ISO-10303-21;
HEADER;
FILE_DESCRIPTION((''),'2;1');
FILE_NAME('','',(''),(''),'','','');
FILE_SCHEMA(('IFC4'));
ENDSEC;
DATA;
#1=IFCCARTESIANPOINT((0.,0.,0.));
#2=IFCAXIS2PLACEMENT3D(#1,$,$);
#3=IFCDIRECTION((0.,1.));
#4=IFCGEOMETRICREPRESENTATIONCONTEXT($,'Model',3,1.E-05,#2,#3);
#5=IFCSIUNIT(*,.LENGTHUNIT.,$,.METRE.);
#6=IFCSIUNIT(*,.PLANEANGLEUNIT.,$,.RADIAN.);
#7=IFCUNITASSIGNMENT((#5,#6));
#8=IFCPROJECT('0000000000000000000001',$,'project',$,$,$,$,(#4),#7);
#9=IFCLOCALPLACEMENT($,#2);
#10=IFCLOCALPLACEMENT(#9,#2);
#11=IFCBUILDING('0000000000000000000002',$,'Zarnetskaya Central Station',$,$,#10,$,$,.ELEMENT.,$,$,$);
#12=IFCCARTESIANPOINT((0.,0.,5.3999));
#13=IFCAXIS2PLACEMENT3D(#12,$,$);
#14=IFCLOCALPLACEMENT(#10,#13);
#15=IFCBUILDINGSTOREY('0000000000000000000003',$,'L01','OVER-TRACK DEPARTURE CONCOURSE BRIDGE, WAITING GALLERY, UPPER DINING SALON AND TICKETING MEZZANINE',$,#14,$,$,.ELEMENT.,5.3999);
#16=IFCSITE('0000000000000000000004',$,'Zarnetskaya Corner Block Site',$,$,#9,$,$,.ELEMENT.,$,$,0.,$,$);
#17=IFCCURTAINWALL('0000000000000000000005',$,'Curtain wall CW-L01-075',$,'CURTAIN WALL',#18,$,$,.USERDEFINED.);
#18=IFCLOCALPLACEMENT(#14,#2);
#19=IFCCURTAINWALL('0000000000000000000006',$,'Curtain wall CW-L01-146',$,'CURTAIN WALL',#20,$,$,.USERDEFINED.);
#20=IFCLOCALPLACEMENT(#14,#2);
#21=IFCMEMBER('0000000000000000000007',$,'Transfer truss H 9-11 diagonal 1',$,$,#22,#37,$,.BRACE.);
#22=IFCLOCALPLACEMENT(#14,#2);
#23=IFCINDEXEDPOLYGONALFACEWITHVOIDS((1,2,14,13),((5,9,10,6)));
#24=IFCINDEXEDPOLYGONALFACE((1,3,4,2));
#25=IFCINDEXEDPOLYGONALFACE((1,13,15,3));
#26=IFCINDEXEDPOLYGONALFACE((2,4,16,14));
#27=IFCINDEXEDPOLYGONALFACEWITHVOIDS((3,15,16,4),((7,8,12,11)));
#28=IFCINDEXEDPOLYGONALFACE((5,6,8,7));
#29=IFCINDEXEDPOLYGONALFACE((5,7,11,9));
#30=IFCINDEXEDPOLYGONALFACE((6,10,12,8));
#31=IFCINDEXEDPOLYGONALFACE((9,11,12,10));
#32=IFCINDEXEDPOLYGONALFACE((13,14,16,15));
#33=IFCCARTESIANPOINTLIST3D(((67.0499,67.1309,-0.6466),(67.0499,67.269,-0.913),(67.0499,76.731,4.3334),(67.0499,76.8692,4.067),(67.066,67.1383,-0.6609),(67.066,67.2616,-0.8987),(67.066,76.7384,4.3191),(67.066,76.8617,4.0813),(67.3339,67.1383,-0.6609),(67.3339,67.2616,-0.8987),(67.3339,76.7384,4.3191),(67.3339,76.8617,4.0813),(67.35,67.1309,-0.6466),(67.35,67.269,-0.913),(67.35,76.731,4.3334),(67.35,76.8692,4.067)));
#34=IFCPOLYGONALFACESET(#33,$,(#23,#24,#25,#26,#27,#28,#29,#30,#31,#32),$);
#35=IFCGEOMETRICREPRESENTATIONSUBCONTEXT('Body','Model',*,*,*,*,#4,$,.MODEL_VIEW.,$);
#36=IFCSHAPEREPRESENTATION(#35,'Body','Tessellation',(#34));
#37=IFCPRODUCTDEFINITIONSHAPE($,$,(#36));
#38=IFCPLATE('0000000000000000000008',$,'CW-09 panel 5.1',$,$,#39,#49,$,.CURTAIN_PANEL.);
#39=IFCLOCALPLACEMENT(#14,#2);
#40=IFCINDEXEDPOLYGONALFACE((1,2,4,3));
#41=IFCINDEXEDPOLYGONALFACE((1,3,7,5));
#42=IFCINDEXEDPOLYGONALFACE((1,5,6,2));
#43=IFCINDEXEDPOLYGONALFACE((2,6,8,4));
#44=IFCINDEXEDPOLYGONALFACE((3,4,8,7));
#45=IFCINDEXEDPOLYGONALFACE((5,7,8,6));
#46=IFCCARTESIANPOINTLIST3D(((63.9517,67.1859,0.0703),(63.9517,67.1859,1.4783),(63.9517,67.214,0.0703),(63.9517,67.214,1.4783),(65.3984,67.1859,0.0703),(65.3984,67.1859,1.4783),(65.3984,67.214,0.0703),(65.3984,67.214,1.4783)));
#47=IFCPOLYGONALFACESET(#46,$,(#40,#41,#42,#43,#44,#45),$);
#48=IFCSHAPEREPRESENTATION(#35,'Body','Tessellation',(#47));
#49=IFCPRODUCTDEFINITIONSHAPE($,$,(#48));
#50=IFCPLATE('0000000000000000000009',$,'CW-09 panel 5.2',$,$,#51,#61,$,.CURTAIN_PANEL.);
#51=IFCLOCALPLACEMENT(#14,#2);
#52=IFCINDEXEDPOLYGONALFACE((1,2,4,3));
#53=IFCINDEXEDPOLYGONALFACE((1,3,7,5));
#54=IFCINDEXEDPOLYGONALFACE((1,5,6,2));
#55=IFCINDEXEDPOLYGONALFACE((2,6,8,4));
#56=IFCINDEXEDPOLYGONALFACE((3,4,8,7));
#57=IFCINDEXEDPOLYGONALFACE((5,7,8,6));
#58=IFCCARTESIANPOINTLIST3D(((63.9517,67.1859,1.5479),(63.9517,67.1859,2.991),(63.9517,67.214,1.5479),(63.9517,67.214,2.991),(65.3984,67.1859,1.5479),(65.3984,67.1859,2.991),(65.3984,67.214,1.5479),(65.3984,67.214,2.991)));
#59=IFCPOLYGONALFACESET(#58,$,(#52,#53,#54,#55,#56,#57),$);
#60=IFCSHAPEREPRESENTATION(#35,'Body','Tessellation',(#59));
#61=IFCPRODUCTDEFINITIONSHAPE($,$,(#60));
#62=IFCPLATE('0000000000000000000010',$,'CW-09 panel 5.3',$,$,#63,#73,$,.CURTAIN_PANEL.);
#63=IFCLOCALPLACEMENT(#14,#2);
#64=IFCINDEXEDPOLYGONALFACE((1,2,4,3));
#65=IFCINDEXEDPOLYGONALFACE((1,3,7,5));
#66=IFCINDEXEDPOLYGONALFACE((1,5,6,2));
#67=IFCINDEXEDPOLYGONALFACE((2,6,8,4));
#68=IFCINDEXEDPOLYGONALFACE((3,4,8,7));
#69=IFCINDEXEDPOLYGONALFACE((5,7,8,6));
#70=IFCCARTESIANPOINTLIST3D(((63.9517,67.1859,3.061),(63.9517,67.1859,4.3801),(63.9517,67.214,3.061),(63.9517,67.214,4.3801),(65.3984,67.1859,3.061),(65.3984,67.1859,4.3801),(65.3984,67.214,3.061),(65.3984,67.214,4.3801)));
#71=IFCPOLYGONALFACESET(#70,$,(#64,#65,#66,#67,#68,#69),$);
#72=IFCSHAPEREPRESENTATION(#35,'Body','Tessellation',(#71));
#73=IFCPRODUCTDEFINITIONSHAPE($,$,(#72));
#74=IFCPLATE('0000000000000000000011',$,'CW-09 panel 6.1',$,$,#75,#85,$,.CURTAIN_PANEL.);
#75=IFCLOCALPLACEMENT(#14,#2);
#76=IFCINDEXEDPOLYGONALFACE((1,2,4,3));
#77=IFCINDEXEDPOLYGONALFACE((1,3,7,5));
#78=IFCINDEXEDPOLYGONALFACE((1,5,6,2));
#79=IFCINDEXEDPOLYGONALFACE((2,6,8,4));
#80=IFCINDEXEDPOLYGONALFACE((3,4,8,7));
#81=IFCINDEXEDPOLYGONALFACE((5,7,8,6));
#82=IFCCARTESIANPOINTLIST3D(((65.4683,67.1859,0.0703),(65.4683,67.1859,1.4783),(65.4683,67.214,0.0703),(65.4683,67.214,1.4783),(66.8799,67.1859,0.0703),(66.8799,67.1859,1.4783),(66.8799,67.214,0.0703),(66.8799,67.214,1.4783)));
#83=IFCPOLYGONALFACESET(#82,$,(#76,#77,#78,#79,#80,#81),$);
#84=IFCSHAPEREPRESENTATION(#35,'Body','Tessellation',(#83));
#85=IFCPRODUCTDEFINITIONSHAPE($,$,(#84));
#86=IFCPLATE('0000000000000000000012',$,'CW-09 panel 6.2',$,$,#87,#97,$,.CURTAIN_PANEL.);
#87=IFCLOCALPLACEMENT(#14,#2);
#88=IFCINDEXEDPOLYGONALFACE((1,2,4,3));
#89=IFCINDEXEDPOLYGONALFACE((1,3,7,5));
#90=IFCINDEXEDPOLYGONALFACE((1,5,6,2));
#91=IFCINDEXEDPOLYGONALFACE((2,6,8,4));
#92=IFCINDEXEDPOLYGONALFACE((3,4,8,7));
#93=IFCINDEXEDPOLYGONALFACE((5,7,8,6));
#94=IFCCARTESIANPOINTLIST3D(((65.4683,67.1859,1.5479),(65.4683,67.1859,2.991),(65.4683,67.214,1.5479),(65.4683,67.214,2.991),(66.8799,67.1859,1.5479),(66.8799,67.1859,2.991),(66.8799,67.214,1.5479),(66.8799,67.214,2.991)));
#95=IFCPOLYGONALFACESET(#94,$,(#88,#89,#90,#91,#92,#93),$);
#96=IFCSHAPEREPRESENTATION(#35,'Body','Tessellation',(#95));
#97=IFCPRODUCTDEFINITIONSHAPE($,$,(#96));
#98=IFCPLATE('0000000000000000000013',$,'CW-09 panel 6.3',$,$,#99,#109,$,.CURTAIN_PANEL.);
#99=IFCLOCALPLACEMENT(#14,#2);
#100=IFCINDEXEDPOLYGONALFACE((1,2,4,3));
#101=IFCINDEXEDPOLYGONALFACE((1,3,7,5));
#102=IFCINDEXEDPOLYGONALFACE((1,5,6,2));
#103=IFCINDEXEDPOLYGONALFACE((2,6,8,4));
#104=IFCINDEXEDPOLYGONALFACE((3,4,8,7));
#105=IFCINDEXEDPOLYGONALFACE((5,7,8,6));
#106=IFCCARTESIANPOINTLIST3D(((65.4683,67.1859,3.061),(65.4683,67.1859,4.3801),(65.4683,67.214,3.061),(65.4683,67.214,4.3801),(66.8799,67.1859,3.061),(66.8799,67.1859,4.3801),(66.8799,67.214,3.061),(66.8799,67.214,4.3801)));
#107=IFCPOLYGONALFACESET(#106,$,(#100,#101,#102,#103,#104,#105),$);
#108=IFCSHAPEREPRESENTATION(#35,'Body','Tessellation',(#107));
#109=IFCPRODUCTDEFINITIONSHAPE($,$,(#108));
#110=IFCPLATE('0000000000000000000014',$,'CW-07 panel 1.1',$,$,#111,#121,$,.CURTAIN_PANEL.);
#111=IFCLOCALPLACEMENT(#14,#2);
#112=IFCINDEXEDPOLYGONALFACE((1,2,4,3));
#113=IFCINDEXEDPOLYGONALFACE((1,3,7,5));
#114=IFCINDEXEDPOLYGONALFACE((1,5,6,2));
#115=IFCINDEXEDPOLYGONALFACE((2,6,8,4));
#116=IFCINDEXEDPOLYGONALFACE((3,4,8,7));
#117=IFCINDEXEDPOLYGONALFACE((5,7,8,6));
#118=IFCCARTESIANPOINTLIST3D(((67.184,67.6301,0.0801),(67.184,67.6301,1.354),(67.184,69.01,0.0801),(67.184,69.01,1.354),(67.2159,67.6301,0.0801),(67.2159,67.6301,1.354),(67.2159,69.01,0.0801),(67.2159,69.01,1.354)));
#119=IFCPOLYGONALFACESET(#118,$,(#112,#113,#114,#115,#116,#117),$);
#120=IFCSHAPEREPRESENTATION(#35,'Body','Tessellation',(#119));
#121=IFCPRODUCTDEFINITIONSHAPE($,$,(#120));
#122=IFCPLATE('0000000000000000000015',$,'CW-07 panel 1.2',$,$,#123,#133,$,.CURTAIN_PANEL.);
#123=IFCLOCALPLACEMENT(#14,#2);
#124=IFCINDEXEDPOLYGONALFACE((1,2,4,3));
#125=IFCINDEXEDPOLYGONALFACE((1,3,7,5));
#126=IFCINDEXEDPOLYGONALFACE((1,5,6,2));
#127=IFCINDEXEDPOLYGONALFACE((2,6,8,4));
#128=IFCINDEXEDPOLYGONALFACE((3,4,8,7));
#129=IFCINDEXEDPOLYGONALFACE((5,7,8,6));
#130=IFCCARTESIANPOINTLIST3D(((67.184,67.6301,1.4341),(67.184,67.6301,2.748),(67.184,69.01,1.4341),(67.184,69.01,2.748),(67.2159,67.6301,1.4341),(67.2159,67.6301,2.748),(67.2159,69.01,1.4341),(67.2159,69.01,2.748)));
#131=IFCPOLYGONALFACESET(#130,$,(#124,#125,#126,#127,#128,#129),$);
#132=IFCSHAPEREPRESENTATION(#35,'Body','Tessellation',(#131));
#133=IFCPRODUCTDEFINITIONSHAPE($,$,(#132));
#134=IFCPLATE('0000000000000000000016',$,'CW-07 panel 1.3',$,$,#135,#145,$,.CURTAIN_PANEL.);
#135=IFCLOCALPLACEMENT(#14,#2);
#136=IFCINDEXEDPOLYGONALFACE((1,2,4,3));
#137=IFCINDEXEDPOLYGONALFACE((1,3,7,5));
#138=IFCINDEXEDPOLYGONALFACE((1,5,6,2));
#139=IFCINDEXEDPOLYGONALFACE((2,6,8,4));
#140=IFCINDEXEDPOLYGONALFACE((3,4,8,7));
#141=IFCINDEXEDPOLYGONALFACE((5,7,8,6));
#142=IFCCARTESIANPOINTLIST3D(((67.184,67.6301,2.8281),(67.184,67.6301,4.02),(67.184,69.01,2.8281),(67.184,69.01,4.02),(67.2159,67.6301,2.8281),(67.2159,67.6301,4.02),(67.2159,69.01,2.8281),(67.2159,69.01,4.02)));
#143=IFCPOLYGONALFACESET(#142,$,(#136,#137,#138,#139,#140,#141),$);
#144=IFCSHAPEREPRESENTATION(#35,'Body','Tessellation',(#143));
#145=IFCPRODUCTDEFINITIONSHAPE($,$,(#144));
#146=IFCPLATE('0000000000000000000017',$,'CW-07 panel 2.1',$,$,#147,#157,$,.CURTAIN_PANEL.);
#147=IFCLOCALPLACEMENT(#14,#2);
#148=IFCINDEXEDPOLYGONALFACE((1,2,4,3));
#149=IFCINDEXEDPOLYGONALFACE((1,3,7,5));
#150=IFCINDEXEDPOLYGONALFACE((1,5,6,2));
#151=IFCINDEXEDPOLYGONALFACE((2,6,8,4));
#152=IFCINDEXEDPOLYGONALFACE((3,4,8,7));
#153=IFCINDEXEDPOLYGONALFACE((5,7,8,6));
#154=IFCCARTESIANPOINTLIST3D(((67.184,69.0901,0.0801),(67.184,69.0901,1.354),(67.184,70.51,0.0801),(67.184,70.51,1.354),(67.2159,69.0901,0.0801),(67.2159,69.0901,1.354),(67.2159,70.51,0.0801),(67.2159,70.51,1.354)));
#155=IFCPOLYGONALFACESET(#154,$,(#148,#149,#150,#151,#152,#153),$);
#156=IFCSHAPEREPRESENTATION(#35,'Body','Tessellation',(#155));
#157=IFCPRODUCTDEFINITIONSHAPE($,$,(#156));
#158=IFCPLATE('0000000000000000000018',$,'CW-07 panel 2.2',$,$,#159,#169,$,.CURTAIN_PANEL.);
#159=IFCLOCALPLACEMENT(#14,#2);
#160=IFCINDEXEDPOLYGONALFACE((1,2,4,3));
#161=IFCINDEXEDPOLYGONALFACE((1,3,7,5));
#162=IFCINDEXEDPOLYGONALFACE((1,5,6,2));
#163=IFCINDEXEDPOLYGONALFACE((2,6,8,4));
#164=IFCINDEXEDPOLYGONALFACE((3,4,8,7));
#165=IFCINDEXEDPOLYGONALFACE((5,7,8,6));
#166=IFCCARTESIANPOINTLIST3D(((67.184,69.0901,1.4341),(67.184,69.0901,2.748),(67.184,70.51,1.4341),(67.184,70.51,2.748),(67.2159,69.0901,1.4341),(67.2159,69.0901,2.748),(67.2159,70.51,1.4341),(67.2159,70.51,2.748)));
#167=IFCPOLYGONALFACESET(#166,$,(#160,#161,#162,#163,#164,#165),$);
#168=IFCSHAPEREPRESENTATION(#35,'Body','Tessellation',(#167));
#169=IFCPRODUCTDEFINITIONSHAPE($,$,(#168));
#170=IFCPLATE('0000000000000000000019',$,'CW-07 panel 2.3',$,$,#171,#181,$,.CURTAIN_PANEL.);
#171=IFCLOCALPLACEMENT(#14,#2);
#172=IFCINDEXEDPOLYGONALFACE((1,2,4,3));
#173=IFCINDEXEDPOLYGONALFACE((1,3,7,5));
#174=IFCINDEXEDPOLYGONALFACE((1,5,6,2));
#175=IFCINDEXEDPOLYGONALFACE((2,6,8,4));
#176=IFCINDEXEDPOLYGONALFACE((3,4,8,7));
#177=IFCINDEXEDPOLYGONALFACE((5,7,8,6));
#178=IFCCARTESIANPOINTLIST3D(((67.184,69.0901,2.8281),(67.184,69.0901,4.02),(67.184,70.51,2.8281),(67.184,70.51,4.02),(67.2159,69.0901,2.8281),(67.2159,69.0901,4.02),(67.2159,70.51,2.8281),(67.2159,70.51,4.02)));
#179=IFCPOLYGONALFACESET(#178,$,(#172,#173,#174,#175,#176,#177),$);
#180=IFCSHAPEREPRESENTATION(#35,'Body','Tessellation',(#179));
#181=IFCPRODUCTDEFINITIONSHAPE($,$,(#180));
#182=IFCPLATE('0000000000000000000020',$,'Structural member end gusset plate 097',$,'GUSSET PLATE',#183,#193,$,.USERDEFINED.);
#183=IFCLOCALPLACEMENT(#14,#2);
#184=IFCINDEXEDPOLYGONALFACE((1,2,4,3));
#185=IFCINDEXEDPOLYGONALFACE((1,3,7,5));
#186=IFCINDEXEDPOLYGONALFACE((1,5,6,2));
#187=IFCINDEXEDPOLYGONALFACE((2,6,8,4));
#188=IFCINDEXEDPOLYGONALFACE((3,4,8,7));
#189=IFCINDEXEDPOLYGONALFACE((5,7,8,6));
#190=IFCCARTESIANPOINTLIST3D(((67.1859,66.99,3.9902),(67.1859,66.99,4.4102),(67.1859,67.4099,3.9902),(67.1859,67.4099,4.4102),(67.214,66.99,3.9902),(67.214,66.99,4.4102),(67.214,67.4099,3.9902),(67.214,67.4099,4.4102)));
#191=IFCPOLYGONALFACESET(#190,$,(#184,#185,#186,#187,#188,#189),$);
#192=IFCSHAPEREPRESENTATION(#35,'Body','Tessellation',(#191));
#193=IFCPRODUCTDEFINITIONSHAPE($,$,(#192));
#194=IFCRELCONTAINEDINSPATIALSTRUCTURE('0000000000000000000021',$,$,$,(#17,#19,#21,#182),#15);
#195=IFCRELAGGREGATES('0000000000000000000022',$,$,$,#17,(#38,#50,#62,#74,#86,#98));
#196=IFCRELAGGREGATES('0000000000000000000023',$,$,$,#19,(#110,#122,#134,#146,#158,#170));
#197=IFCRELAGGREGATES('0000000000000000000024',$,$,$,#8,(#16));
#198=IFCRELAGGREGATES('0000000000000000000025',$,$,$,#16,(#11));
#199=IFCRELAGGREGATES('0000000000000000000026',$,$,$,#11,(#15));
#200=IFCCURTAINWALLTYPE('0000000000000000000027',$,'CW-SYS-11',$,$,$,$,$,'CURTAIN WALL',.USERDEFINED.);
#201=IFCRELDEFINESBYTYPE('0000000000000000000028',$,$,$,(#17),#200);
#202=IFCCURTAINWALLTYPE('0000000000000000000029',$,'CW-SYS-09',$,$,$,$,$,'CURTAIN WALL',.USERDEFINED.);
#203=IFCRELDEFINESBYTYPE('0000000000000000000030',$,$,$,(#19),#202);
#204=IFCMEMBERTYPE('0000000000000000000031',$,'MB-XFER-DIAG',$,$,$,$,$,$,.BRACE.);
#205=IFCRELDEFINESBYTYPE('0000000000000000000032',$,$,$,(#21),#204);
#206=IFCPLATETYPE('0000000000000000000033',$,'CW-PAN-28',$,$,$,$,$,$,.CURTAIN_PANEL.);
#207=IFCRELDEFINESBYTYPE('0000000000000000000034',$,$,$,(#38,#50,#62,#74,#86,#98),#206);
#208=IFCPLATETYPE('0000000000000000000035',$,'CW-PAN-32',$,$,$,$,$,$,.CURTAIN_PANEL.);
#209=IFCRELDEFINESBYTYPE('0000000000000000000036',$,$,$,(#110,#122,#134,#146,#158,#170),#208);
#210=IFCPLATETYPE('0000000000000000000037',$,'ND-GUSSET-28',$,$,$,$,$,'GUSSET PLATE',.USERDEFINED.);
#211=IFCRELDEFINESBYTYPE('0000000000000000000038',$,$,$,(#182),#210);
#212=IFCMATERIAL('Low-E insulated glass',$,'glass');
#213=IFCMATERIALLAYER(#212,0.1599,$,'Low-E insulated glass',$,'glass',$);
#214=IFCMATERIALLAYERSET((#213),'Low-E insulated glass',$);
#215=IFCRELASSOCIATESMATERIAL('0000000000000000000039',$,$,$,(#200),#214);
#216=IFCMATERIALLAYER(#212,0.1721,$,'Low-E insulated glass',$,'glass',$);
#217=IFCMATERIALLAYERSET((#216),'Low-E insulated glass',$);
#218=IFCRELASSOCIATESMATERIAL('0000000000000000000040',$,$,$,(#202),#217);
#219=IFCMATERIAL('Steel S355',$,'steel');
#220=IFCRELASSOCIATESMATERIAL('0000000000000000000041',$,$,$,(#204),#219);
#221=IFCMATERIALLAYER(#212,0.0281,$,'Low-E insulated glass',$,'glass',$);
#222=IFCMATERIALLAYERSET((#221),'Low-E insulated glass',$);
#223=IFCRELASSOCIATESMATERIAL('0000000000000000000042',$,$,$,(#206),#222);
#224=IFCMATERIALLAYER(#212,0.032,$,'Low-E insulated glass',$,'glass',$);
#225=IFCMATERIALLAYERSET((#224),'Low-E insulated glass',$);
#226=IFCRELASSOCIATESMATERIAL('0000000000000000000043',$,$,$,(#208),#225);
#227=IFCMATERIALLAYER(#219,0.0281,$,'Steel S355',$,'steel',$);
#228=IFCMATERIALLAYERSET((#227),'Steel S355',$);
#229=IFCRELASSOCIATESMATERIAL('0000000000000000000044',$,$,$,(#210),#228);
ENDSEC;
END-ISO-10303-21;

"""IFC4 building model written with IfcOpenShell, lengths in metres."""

from ifc_helpers import new_model, si_unit, direction, frame, origin, origin_2d, place, context, subcontext, project, spatial, rectangle, hollow_rectangle, extrude, material, layer, layer_set, material_profile, profile_set, type_object, element, aggregate, save


model = new_model("IFC4")

# Units and contexts
model_context = context("Model", 3, precision=1e-05, world=origin(), true_north=direction((0.0, 1.0)))
body_context = subcontext(model_context, "Body", "Model", "MODEL_VIEW")
ifc_project = project(units=[si_unit("LENGTHUNIT", "METRE"), si_unit("PLANEANGLEUNIT", "RADIAN")], contexts=[model_context])

# Site, building, storey
site_placement = place(None, origin())
site = spatial("IfcSite", under=ifc_project, at=site_placement, Name="Zarnetskaya Corner Block Site", CompositionType="ELEMENT", RefElevation=0.0)
building_placement = place(site_placement, origin())
building = spatial("IfcBuilding", under=site, at=building_placement, Name="Zarnetskaya Central Station", CompositionType="ELEMENT")
storey_placement = place(building_placement, frame((0.0, 0.0, 5.3999)))
storey = spatial("IfcBuildingStorey", under=building, at=storey_placement, Name="L01", Description="OVER-TRACK DEPARTURE CONCOURSE BRIDGE, WAITING GALLERY, UPPER DINING SALON AND TICKETING MEZZANINE", CompositionType="ELEMENT", Elevation=5.3999)

# Shared definitions
ifc_material_1 = material(Name="Steel S355", Category="steel")

# Curtain walls
ifc_material_2 = material(Name="Low-E insulated glass", Category="glass")
ifc_layer_1 = layer(ifc_material_2, 0.1599, Name="Low-E insulated glass", Category="glass")
ifc_layer_set_1 = layer_set([ifc_layer_1], Name="Low-E insulated glass")
curtain_wall_type_1 = type_object("IfcCurtainWallType", Name="CW-SYS-11", ElementType="CURTAIN WALL", PredefinedType="USERDEFINED", material=ifc_layer_set_1)
curtain_wall_1_placement = place(storey_placement, origin())
curtain_wall_1 = element("IfcCurtainWall", 1, at=curtain_wall_1_placement, inside=storey, type_object=curtain_wall_type_1, Name="Curtain wall CW-L01-075", ObjectType="CURTAIN WALL", PredefinedType="USERDEFINED")
ifc_layer_2 = layer(ifc_material_2, 0.1721, Name="Low-E insulated glass", Category="glass")
ifc_layer_set_2 = layer_set([ifc_layer_2], Name="Low-E insulated glass")
curtain_wall_type_2 = type_object("IfcCurtainWallType", Name="CW-SYS-09", ElementType="CURTAIN WALL", PredefinedType="USERDEFINED", material=ifc_layer_set_2)
curtain_wall_2_placement = place(storey_placement, origin())
curtain_wall_2 = element("IfcCurtainWall", 2, at=curtain_wall_2_placement, inside=storey, type_object=curtain_wall_type_2, Name="Curtain wall CW-L01-146", ObjectType="CURTAIN WALL", PredefinedType="USERDEFINED")

# Member
ifc_material_profile_1 = material_profile(ifc_material_1, hollow_rectangle(XDim=0.3, YDim=0.3, WallThickness=0.0161, at=origin_2d()), Name="SHS 300x300x16")
ifc_profile_set_1 = profile_set([ifc_material_profile_1], Name="Steel S355")
member_type_1 = type_object("IfcMemberType", Name="MB-XFER-DIAG", PredefinedType="BRACE", material=ifc_profile_set_1)
member_1_placement = place(storey_placement, frame((67.2, 67.2, -0.7798), z_axis=(0.0, 0.887673, 0.460474), x_axis=(-1.0, 0.0, 0.0)))
element("IfcMember", 3, at=member_1_placement, inside=storey, type_object=member_type_1, Name="Transfer truss H 9-11 diagonal 1", PredefinedType="BRACE", context=body_context, shape_type="SweptSolid", body=[
    extrude(hollow_rectangle(XDim=0.3, YDim=0.3, WallThickness=0.0161, at=origin_2d()), origin(), (0.0, 0.0, 1.0), 10.8149),
])

# Plates
ifc_layer_3 = layer(ifc_material_2, 0.0281, Name="Low-E insulated glass", Category="glass")
ifc_layer_set_3 = layer_set([ifc_layer_3], Name="Low-E insulated glass")
plate_type_1 = type_object("IfcPlateType", Name="CW-PAN-28", PredefinedType="CURTAIN_PANEL", material=ifc_layer_set_3)
plate_1_placement = place(storey_placement, frame((64.675, 67.2, 0.0703), z_axis=(0.0, 0.0, 1.0), x_axis=(1.0, 0.0, 0.0)))
plate_1 = element("IfcPlate", 4, at=plate_1_placement, type_object=plate_type_1, Name="CW-09 panel 5.1", PredefinedType="CURTAIN_PANEL", context=body_context, shape_type="SweptSolid", body=[
    extrude(rectangle(XDim=1.4468, YDim=0.0281, at=origin_2d()), origin(), (0.0, 0.0, 1.0), 1.408),
])
plate_2_placement = place(storey_placement, frame((64.675, 67.2, 1.5479), z_axis=(0.0, 0.0, 1.0), x_axis=(1.0, 0.0, 0.0)))
plate_2 = element("IfcPlate", 5, at=plate_2_placement, type_object=plate_type_1, Name="CW-09 panel 5.2", PredefinedType="CURTAIN_PANEL", context=body_context, shape_type="SweptSolid", body=[
    extrude(rectangle(XDim=1.4468, YDim=0.0281, at=origin_2d()), origin(), (0.0, 0.0, 1.0), 1.4431),
])
plate_3_placement = place(storey_placement, frame((64.675, 67.2, 3.061), z_axis=(0.0, 0.0, 1.0), x_axis=(1.0, 0.0, 0.0)))
plate_3 = element("IfcPlate", 6, at=plate_3_placement, type_object=plate_type_1, Name="CW-09 panel 5.3", PredefinedType="CURTAIN_PANEL", context=body_context, shape_type="SweptSolid", body=[
    extrude(rectangle(XDim=1.4468, YDim=0.0281, at=origin_2d()), origin(), (0.0, 0.0, 1.0), 1.3191),
])
plate_4_placement = place(storey_placement, frame((66.1741, 67.2, 0.0703), z_axis=(0.0, 0.0, 1.0), x_axis=(1.0, 0.0, 0.0)))
plate_4 = element("IfcPlate", 7, at=plate_4_placement, type_object=plate_type_1, Name="CW-09 panel 6.1", PredefinedType="CURTAIN_PANEL", context=body_context, shape_type="SweptSolid", body=[
    extrude(rectangle(XDim=1.4116, YDim=0.0281, at=origin_2d()), origin(), (0.0, 0.0, 1.0), 1.408),
])
plate_5_placement = place(storey_placement, frame((66.1741, 67.2, 1.5479), z_axis=(0.0, 0.0, 1.0), x_axis=(1.0, 0.0, 0.0)))
plate_5 = element("IfcPlate", 8, at=plate_5_placement, type_object=plate_type_1, Name="CW-09 panel 6.2", PredefinedType="CURTAIN_PANEL", context=body_context, shape_type="SweptSolid", body=[
    extrude(rectangle(XDim=1.4116, YDim=0.0281, at=origin_2d()), origin(), (0.0, 0.0, 1.0), 1.4431),
])
plate_6_placement = place(storey_placement, frame((66.1741, 67.2, 3.061), z_axis=(0.0, 0.0, 1.0), x_axis=(1.0, 0.0, 0.0)))
plate_6 = element("IfcPlate", 9, at=plate_6_placement, type_object=plate_type_1, Name="CW-09 panel 6.3", PredefinedType="CURTAIN_PANEL", context=body_context, shape_type="SweptSolid", body=[
    extrude(rectangle(XDim=1.4116, YDim=0.0281, at=origin_2d()), origin(), (0.0, 0.0, 1.0), 1.3191),
])
aggregate(curtain_wall_1, [plate_1, plate_2, plate_3, plate_4, plate_5, plate_6])
ifc_layer_4 = layer(ifc_material_2, 0.032, Name="Low-E insulated glass", Category="glass")
ifc_layer_set_4 = layer_set([ifc_layer_4], Name="Low-E insulated glass")
plate_type_2 = type_object("IfcPlateType", Name="CW-PAN-32", PredefinedType="CURTAIN_PANEL", material=ifc_layer_set_4)
plate_7_placement = place(storey_placement, frame((67.2, 68.3201, 0.0801), z_axis=(0.0, 0.0, 1.0), x_axis=(0.0, 1.0, 0.0)))
plate_7 = element("IfcPlate", 10, at=plate_7_placement, type_object=plate_type_2, Name="CW-07 panel 1.1", PredefinedType="CURTAIN_PANEL", context=body_context, shape_type="SweptSolid", body=[
    extrude(rectangle(XDim=1.3799, YDim=0.032, at=origin_2d()), origin(), (0.0, 0.0, 1.0), 1.2739),
])
plate_8_placement = place(storey_placement, frame((67.2, 68.3201, 1.4341), z_axis=(0.0, 0.0, 1.0), x_axis=(0.0, 1.0, 0.0)))
plate_8 = element("IfcPlate", 11, at=plate_8_placement, type_object=plate_type_2, Name="CW-07 panel 1.2", PredefinedType="CURTAIN_PANEL", context=body_context, shape_type="SweptSolid", body=[
    extrude(rectangle(XDim=1.3799, YDim=0.032, at=origin_2d()), origin(), (0.0, 0.0, 1.0), 1.314),
])
plate_9_placement = place(storey_placement, frame((67.2, 68.3201, 2.8281), z_axis=(0.0, 0.0, 1.0), x_axis=(0.0, 1.0, 0.0)))
plate_9 = element("IfcPlate", 12, at=plate_9_placement, type_object=plate_type_2, Name="CW-07 panel 1.3", PredefinedType="CURTAIN_PANEL", context=body_context, shape_type="SweptSolid", body=[
    extrude(rectangle(XDim=1.3799, YDim=0.032, at=origin_2d()), origin(), (0.0, 0.0, 1.0), 1.1919),
])
plate_10_placement = place(storey_placement, frame((67.2, 69.8, 0.0801), z_axis=(0.0, 0.0, 1.0), x_axis=(0.0, 1.0, 0.0)))
plate_10 = element("IfcPlate", 13, at=plate_10_placement, type_object=plate_type_2, Name="CW-07 panel 2.1", PredefinedType="CURTAIN_PANEL", context=body_context, shape_type="SweptSolid", body=[
    extrude(rectangle(XDim=1.4199, YDim=0.032, at=origin_2d()), origin(), (0.0, 0.0, 1.0), 1.2739),
])
plate_11_placement = place(storey_placement, frame((67.2, 69.8, 1.4341), z_axis=(0.0, 0.0, 1.0), x_axis=(0.0, 1.0, 0.0)))
plate_11 = element("IfcPlate", 14, at=plate_11_placement, type_object=plate_type_2, Name="CW-07 panel 2.2", PredefinedType="CURTAIN_PANEL", context=body_context, shape_type="SweptSolid", body=[
    extrude(rectangle(XDim=1.4199, YDim=0.032, at=origin_2d()), origin(), (0.0, 0.0, 1.0), 1.314),
])
plate_12_placement = place(storey_placement, frame((67.2, 69.8, 2.8281), z_axis=(0.0, 0.0, 1.0), x_axis=(0.0, 1.0, 0.0)))
plate_12 = element("IfcPlate", 15, at=plate_12_placement, type_object=plate_type_2, Name="CW-07 panel 2.3", PredefinedType="CURTAIN_PANEL", context=body_context, shape_type="SweptSolid", body=[
    extrude(rectangle(XDim=1.4199, YDim=0.032, at=origin_2d()), origin(), (0.0, 0.0, 1.0), 1.1919),
])
aggregate(curtain_wall_2, [plate_7, plate_8, plate_9, plate_10, plate_11, plate_12])

# Plate
ifc_layer_5 = layer(ifc_material_1, 0.0281, Name="Steel S355", Category="steel")
ifc_layer_set_5 = layer_set([ifc_layer_5], Name="Steel S355")
plate_type_3 = type_object("IfcPlateType", Name="ND-GUSSET-28", ElementType="GUSSET PLATE", PredefinedType="USERDEFINED", material=ifc_layer_set_5)
for number, where, z_axis, x_axis, name in (
    (16, (67.2, 67.2, 3.9902), (0.0, 0.0, 1.0), (1.0, 0.0, 0.0), "Structural member end gusset plate 097"),
):
    element("IfcPlate", number, at=place(storey_placement, frame(where, z_axis=z_axis, x_axis=x_axis)), inside=storey, type_object=plate_type_3, Name=name, ObjectType="GUSSET PLATE", PredefinedType="USERDEFINED", context=body_context, shape_type="SweptSolid", body=[
        extrude(rectangle(XDim=0.0281, YDim=0.4199, at=origin_2d()), origin(), (0.0, 0.0, 1.0), 0.4199),
    ])

save(model, "model.ifc")
